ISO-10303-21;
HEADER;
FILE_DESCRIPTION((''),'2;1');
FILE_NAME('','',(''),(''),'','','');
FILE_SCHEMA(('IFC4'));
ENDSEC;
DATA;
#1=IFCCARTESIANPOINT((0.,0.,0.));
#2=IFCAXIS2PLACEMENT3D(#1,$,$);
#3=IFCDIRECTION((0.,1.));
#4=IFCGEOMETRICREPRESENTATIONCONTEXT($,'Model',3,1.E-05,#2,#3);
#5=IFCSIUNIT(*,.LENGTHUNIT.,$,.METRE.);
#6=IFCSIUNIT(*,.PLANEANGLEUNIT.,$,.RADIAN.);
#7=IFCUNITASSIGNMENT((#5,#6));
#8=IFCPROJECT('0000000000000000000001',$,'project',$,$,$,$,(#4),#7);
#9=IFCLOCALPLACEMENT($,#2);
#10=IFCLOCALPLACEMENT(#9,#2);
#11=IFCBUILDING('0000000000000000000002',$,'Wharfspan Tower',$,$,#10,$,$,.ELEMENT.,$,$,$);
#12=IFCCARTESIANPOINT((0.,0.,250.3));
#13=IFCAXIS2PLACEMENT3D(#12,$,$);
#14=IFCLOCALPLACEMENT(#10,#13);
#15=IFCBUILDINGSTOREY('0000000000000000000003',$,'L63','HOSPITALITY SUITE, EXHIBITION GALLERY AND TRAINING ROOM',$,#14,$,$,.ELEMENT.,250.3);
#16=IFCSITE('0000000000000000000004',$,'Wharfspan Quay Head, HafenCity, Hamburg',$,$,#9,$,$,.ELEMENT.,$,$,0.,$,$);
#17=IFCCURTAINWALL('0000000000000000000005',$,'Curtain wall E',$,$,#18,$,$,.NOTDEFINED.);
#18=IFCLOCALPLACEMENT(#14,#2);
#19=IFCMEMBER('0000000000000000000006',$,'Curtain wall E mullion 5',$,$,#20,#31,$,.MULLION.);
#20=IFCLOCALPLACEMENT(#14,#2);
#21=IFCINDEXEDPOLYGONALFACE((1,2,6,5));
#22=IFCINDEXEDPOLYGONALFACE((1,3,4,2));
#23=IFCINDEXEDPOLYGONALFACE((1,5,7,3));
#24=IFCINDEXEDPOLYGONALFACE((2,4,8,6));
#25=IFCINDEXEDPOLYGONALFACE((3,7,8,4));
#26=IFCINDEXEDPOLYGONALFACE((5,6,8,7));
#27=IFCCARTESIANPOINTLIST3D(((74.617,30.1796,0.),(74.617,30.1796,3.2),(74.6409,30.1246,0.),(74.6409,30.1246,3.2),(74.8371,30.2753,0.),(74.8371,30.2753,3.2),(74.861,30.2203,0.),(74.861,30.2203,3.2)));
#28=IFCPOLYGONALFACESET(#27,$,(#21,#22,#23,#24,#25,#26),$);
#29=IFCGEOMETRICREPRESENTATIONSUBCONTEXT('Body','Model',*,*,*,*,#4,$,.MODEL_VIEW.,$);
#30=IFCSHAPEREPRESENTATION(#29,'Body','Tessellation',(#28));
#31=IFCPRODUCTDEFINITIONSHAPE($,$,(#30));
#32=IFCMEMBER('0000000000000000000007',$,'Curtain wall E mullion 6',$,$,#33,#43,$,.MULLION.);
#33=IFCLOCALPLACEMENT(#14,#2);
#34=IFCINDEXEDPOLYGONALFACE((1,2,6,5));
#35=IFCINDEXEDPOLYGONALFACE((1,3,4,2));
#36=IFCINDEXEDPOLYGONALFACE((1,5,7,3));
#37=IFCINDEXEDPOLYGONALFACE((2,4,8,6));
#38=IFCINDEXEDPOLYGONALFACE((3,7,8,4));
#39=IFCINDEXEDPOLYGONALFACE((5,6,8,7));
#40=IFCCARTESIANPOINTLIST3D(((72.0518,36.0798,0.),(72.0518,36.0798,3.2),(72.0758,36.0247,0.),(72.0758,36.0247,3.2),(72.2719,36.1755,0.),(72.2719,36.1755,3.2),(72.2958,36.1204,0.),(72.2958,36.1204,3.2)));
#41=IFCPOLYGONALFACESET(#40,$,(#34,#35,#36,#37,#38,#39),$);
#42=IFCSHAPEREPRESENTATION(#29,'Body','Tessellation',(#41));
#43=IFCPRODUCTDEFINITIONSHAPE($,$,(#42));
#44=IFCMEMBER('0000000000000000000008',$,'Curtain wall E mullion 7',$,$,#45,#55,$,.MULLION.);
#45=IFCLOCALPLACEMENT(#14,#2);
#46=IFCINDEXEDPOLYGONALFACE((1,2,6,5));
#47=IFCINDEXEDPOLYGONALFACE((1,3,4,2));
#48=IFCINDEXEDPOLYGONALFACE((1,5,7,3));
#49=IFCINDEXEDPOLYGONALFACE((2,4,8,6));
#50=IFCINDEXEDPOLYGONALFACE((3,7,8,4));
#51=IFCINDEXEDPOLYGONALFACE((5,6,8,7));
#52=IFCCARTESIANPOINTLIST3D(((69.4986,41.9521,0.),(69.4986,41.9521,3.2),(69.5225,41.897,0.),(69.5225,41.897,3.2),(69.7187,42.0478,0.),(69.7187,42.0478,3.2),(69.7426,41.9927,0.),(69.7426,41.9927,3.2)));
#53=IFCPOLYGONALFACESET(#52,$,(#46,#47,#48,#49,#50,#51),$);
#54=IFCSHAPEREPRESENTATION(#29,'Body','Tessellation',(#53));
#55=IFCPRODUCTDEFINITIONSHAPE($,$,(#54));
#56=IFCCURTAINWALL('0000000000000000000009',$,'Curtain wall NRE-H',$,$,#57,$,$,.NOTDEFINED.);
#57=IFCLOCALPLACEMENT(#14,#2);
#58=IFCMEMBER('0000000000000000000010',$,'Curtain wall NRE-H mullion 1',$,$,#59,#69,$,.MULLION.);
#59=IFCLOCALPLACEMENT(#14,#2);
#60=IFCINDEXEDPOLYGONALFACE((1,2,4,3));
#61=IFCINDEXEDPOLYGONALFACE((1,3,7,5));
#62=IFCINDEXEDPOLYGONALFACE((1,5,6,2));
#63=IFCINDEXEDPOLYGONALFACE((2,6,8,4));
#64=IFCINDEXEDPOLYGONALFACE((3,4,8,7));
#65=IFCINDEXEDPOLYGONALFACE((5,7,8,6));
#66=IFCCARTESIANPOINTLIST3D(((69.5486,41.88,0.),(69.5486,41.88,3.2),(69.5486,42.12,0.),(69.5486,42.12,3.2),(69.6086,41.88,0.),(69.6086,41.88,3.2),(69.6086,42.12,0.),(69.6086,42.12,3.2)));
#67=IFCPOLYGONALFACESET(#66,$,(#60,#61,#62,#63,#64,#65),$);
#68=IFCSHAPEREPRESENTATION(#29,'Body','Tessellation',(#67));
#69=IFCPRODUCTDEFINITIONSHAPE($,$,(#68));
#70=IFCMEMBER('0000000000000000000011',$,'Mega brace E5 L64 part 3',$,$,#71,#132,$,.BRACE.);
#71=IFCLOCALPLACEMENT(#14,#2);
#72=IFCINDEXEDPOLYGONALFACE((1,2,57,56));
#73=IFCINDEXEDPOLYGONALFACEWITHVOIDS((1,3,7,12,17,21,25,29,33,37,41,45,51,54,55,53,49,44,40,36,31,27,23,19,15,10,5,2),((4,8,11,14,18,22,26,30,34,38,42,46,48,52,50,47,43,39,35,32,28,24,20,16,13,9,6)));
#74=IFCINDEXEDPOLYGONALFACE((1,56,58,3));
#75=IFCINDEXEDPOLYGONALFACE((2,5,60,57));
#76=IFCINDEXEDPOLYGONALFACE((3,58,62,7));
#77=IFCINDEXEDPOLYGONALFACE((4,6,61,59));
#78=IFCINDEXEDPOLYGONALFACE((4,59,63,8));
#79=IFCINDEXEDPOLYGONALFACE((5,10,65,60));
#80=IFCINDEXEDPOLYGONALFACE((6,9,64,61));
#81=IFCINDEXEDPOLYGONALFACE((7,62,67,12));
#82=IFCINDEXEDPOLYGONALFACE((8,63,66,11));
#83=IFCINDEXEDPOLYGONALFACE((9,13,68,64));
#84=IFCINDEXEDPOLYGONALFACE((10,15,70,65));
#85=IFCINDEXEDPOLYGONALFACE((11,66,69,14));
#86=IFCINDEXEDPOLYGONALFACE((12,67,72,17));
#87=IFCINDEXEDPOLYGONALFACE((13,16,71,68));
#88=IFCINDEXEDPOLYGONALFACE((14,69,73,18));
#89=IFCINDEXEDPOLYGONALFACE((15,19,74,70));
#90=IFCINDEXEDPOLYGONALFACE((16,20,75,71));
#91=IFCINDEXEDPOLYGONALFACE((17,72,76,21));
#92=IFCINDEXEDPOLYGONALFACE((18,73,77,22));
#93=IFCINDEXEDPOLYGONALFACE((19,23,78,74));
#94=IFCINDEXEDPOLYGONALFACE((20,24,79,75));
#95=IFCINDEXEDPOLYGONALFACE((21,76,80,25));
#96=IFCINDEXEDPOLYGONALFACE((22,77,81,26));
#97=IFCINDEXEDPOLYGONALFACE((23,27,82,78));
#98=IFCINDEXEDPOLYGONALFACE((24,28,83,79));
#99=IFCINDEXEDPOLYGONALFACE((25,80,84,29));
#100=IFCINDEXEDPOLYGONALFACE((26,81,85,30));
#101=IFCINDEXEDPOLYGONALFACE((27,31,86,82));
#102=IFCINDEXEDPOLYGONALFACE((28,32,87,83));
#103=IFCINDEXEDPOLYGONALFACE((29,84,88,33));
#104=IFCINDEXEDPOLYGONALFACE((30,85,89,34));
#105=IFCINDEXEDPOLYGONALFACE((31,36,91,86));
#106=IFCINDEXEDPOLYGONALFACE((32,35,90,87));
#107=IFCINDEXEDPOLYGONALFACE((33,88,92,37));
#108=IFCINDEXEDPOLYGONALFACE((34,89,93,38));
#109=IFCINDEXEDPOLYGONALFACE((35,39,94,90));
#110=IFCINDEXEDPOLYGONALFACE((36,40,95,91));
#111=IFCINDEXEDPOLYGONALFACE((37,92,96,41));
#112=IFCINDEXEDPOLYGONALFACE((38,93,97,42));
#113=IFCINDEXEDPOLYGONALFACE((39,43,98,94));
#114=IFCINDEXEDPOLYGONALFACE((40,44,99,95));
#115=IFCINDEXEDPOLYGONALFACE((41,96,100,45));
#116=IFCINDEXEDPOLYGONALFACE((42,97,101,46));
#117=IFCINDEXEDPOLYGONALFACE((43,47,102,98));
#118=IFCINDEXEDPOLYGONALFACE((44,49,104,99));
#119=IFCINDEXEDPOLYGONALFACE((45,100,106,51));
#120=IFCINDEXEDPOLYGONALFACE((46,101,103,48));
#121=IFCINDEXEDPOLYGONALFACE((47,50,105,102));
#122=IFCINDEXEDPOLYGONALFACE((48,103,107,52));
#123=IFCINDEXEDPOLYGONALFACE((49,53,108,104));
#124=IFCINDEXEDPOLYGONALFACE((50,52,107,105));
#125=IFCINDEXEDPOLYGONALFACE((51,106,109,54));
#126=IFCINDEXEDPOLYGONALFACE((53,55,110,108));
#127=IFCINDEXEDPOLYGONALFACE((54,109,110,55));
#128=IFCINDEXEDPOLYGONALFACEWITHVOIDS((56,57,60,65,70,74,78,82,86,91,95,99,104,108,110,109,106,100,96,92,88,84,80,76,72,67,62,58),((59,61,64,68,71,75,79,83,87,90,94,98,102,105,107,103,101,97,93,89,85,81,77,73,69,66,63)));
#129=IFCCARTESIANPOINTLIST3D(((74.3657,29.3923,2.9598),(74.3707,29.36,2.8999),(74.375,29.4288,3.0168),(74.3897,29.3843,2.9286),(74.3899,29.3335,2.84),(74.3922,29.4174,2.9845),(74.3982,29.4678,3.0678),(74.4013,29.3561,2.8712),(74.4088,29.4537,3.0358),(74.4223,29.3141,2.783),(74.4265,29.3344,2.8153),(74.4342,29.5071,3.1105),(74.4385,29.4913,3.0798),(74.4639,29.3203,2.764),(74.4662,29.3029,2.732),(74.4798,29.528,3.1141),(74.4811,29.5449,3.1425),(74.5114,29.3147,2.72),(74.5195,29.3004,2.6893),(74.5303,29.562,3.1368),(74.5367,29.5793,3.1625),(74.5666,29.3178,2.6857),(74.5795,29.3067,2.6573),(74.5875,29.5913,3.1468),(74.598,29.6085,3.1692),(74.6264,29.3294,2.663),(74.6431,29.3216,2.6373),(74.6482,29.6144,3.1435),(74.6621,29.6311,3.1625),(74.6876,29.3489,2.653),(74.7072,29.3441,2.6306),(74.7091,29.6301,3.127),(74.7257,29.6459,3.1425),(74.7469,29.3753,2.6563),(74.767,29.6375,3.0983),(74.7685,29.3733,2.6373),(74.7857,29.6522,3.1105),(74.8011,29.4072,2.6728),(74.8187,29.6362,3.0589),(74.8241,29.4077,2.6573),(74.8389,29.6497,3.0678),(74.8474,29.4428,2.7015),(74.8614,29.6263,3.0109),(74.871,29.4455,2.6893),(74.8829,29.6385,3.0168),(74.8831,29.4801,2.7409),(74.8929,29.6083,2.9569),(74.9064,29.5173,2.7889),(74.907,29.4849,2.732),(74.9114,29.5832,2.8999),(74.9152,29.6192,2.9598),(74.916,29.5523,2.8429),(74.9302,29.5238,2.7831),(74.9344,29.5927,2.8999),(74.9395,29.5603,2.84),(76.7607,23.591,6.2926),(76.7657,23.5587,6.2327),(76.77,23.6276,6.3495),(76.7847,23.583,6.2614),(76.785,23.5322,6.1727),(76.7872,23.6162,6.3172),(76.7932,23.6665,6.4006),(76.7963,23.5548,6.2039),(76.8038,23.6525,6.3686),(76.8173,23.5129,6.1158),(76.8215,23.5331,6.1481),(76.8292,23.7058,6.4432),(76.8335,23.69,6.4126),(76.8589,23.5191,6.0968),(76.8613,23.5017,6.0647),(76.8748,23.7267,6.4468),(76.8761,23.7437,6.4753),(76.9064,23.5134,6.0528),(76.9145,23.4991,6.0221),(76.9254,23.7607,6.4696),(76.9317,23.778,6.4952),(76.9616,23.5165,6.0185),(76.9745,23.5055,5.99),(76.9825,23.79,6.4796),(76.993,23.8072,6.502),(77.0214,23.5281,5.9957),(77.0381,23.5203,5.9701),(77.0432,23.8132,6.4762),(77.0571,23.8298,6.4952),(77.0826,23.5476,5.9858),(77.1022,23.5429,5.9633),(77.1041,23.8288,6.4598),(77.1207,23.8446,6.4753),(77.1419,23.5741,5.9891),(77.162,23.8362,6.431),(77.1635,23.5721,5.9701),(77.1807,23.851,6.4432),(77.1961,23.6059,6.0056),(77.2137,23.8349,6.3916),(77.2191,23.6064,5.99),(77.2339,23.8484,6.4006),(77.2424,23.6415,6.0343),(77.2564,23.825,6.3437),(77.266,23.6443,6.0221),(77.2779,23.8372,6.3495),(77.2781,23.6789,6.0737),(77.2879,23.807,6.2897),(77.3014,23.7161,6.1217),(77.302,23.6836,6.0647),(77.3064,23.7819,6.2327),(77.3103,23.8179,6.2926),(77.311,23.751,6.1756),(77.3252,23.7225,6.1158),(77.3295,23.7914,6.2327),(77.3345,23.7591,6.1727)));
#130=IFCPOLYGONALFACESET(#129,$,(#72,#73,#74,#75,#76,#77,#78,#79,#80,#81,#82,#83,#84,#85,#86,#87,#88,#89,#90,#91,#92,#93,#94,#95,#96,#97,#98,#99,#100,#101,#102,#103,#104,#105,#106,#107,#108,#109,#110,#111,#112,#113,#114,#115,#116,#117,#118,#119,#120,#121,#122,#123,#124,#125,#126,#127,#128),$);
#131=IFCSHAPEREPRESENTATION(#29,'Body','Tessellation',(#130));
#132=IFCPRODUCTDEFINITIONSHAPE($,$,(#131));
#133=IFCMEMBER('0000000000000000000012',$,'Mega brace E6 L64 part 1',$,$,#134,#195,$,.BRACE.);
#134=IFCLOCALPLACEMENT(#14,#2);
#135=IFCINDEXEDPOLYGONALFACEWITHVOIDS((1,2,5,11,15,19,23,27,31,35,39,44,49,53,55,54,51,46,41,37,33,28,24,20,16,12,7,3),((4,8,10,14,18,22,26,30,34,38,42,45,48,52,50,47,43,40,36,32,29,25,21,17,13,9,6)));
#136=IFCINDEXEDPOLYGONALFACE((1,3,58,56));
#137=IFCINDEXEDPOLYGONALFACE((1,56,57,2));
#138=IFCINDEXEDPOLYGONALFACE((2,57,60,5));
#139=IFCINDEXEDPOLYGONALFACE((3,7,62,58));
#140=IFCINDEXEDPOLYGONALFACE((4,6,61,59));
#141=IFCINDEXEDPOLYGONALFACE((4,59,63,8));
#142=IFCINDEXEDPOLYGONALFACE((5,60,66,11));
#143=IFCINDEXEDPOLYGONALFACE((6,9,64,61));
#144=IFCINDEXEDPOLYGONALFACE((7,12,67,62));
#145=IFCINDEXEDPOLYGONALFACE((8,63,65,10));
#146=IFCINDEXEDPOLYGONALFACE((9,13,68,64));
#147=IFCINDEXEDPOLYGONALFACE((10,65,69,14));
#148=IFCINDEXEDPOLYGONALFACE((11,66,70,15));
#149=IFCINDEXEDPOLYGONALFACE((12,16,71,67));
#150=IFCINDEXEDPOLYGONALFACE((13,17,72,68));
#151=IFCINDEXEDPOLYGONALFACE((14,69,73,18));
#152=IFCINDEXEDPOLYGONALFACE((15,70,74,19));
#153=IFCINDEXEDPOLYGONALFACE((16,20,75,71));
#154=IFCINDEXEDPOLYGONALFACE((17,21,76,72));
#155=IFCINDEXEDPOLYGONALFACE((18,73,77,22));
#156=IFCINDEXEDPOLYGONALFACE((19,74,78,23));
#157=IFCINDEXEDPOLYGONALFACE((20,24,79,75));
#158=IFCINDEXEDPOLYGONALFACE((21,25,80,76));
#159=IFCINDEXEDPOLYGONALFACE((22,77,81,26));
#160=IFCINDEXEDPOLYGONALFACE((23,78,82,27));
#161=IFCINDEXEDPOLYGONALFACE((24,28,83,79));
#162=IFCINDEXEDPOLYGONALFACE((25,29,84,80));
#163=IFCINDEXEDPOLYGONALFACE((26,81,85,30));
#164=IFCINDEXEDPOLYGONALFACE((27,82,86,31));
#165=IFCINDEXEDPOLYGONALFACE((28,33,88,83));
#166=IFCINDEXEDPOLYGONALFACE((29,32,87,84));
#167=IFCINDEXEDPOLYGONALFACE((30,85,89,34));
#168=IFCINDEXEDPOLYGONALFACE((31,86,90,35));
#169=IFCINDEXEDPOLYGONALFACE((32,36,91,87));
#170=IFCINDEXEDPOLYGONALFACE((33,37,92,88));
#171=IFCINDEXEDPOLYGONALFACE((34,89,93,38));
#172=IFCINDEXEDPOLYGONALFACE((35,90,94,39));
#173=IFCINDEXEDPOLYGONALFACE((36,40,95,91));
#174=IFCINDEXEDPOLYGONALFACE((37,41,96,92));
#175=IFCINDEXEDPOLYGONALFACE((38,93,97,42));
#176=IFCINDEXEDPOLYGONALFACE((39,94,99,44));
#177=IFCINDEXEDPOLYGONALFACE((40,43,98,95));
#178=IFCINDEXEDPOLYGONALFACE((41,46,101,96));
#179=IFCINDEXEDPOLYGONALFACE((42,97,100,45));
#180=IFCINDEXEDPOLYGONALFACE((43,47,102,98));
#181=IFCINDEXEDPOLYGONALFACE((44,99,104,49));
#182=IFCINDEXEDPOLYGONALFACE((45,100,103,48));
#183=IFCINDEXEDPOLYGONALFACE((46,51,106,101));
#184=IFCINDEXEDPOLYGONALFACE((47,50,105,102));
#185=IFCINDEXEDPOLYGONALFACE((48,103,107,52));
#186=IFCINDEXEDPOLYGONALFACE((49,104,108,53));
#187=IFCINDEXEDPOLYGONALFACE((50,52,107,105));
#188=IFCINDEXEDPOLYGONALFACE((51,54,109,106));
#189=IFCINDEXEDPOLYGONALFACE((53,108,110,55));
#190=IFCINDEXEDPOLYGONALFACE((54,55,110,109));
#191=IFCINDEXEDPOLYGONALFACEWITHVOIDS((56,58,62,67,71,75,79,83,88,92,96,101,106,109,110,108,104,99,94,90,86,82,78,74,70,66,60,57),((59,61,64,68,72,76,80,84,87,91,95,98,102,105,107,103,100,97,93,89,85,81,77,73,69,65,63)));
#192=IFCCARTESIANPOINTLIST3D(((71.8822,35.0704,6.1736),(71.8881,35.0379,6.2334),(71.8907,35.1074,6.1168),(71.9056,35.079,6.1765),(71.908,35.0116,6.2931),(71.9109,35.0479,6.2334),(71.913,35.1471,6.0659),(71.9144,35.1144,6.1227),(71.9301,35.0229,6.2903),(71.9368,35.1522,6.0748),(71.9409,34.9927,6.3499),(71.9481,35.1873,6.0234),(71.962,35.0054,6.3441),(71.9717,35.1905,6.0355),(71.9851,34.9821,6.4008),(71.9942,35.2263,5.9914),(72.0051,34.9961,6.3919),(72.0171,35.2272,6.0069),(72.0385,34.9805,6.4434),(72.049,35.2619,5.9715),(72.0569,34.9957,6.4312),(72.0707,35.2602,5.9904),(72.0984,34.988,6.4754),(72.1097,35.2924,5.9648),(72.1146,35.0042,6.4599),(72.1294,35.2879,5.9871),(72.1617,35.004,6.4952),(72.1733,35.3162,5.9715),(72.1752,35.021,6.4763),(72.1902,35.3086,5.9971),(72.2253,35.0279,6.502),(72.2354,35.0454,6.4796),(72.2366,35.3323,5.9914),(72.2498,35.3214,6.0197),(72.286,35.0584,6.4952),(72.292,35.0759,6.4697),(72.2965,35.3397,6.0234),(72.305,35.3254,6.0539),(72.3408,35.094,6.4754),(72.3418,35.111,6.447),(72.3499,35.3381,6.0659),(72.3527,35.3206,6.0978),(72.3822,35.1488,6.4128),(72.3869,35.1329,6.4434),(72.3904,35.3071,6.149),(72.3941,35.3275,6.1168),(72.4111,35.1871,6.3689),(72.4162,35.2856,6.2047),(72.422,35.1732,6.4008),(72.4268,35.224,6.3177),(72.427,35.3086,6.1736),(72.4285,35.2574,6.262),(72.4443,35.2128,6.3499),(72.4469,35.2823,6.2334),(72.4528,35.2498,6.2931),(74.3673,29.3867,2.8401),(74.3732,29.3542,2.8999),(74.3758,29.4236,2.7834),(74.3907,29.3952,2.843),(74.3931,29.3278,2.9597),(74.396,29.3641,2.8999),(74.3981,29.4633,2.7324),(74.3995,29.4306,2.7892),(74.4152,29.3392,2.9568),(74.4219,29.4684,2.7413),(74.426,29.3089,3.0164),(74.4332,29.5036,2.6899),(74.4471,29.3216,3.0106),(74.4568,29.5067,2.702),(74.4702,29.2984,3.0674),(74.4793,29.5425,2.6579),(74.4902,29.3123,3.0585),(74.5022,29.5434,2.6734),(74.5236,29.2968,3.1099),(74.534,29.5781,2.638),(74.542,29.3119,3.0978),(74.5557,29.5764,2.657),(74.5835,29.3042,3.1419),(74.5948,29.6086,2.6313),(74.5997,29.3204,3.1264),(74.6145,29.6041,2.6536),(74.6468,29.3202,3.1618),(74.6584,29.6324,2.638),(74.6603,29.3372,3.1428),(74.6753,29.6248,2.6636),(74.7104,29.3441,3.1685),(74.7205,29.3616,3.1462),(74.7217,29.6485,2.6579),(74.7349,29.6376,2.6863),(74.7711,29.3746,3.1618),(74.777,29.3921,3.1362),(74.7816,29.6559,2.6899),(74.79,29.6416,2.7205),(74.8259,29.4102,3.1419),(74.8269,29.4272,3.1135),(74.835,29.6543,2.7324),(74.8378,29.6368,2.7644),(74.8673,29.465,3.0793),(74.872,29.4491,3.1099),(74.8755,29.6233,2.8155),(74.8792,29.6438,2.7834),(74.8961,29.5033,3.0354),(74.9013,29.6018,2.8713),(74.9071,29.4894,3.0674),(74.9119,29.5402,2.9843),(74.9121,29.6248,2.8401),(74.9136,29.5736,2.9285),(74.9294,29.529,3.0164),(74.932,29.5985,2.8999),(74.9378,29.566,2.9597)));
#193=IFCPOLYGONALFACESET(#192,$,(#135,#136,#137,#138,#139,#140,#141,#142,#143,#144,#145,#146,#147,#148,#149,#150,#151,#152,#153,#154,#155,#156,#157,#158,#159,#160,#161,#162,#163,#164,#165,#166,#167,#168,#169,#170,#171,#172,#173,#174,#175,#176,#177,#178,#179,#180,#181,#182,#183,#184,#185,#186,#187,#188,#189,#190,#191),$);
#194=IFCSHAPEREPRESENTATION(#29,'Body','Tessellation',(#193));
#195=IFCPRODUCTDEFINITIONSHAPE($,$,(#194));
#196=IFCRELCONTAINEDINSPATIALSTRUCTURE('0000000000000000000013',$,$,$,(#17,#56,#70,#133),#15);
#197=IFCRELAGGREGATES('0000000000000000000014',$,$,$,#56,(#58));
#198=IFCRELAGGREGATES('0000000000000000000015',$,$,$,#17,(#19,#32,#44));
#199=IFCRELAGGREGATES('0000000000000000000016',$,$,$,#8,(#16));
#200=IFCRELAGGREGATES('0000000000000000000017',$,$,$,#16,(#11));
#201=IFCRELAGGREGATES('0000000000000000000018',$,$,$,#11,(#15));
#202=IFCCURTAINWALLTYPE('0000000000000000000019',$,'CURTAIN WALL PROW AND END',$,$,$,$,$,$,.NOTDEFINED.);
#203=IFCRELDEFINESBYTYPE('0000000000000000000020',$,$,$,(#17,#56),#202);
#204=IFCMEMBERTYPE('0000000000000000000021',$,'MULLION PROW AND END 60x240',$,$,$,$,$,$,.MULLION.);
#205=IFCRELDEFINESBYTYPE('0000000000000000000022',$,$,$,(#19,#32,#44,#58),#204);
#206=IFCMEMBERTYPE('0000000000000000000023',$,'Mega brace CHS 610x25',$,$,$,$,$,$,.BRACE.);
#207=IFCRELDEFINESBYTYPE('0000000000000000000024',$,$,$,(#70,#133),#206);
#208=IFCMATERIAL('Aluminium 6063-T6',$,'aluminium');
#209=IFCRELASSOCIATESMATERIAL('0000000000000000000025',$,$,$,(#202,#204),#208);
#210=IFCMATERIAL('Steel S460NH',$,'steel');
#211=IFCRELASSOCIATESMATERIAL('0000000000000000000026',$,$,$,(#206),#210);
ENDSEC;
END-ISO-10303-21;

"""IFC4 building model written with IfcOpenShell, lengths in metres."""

from ifc_helpers import new_model, si_unit, direction, frame, origin, origin_2d, place, context, subcontext, project, spatial, rectangle, hollow_circle, extrude, material, material_profile, profile_set, type_object, element, aggregate, save


model = new_model("IFC4")

# Units and contexts
model_context = context("Model", 3, precision=1e-05, world=origin(), true_north=direction((0.0, 1.0)))
body_context = subcontext(model_context, "Body", "Model", "MODEL_VIEW")
ifc_project = project(units=[si_unit("LENGTHUNIT", "METRE"), si_unit("PLANEANGLEUNIT", "RADIAN")], contexts=[model_context])

# Site, building, storey
site_placement = place(None, origin())
site = spatial("IfcSite", under=ifc_project, at=site_placement, Name="Wharfspan Quay Head, HafenCity, Hamburg", CompositionType="ELEMENT", RefElevation=0.0)
building_placement = place(site_placement, origin())
building = spatial("IfcBuilding", under=site, at=building_placement, Name="Wharfspan Tower", CompositionType="ELEMENT")
storey_placement = place(building_placement, frame((0.0, 0.0, 250.3)))
storey = spatial("IfcBuildingStorey", under=building, at=storey_placement, Name="L63", Description="HOSPITALITY SUITE, EXHIBITION GALLERY AND TRAINING ROOM", CompositionType="ELEMENT", Elevation=250.3)

# Curtain wall, members
ifc_material_1 = material(Name="Aluminium 6063-T6", Category="aluminium")
curtain_wall_type = type_object("IfcCurtainWallType", Name="CURTAIN WALL PROW AND END", PredefinedType="NOTDEFINED", material=ifc_material_1)
curtain_wall_1_placement = place(storey_placement, origin())
curtain_wall_1 = element("IfcCurtainWall", 1, at=curtain_wall_1_placement, inside=storey, type_object=curtain_wall_type, Name="Curtain wall E", PredefinedType="NOTDEFINED")
ifc_material_profile_1 = material_profile(ifc_material_1, rectangle(XDim=0.24, YDim=0.0601, at=origin_2d()))
ifc_profile_set_1 = profile_set([ifc_material_profile_1], Name="Aluminium 6063-T6")
member_type_1 = type_object("IfcMemberType", Name="MULLION PROW AND END 60x240", PredefinedType="MULLION", material=ifc_profile_set_1)
member_1_placement = place(storey_placement, frame((74.739, 30.2, 0.0), z_axis=(0.0, 0.0, 1.0), x_axis=(-0.917072, -0.398727, 0.0)))
member_1 = element("IfcMember", 2, at=member_1_placement, type_object=member_type_1, Name="Curtain wall E mullion 5", PredefinedType="MULLION", context=body_context, shape_type="SweptSolid", body=[
    extrude(rectangle(XDim=0.24, YDim=0.0601, at=origin_2d()), origin(), (0.0, 0.0, 1.0), 3.2),
])
member_2_placement = place(storey_placement, frame((72.1738, 36.1001, 0.0), z_axis=(0.0, 0.0, 1.0), x_axis=(-0.917072, -0.398727, 0.0)))
member_2 = element("IfcMember", 3, at=member_2_placement, type_object=member_type_1, Name="Curtain wall E mullion 6", PredefinedType="MULLION", context=body_context, shape_type="SweptSolid", body=[
    extrude(rectangle(XDim=0.24, YDim=0.0601, at=origin_2d()), origin(), (0.0, 0.0, 1.0), 3.2),
])
member_3_placement = place(storey_placement, frame((69.6206, 41.9724, 0.0), z_axis=(0.0, 0.0, 1.0), x_axis=(-0.917072, -0.398727, 0.0)))
member_3 = element("IfcMember", 4, at=member_3_placement, type_object=member_type_1, Name="Curtain wall E mullion 7", PredefinedType="MULLION", context=body_context, shape_type="SweptSolid", body=[
    extrude(rectangle(XDim=0.24, YDim=0.0601, at=origin_2d()), origin(), (0.0, 0.0, 1.0), 3.2),
])

# Curtain wall, member
curtain_wall_2_placement = place(storey_placement, origin())
curtain_wall_2 = element("IfcCurtainWall", 5, at=curtain_wall_2_placement, inside=storey, type_object=curtain_wall_type, Name="Curtain wall NRE-H", PredefinedType="NOTDEFINED")
member_4_placement = place(storey_placement, frame((69.5786, 42.0, 0.0), z_axis=(0.0, 0.0, 1.0), x_axis=(0.0, -1.0, 0.0)))
member_4 = element("IfcMember", 6, at=member_4_placement, type_object=member_type_1, Name="Curtain wall NRE-H mullion 1", PredefinedType="MULLION", context=body_context, shape_type="SweptSolid", body=[
    extrude(rectangle(XDim=0.24, YDim=0.0601, at=origin_2d()), origin(), (0.0, 0.0, 1.0), 3.2),
])

# Members
ifc_material_2 = material(Name="Steel S460NH", Category="steel")
ifc_material_profile_2 = material_profile(ifc_material_2, hollow_circle(Radius=0.3049, WallThickness=0.0249, at=origin_2d()))
ifc_profile_set_2 = profile_set([ifc_material_profile_2], Name="Steel S460NH")
member_type_2 = type_object("IfcMemberType", Name="Mega brace CHS 610x25", PredefinedType="BRACE", material=ifc_profile_set_2)
member_5_placement = place(storey_placement, frame((74.6526, 29.4763, 2.8999), z_axis=(0.337032, -0.816367, 0.468993), x_axis=(0.92433, 0.381605, 0.000002)))
element("IfcMember", 7, at=member_5_placement, inside=storey, type_object=member_type_2, Name="Mega brace E5 L64 part 3", PredefinedType="BRACE", context=body_context, shape_type="SweptSolid", body=[
    extrude(hollow_circle(Radius=0.3049, WallThickness=0.0249, at=origin_2d()), origin(), (0.0, 0.0, 1.0), 7.1062),
])
member_6_placement = place(storey_placement, frame((74.6526, 29.4763, 2.8999), z_axis=(-0.352883, 0.8071, 0.473353), x_axis=(-0.916253, -0.400609, 0.000003)))
element("IfcMember", 8, at=member_6_placement, inside=storey, type_object=member_type_2, Name="Mega brace E6 L64 part 1", PredefinedType="BRACE", context=body_context, shape_type="SweptSolid", body=[
    extrude(hollow_circle(Radius=0.3049, WallThickness=0.0249, at=origin_2d()), origin(), (0.0, 0.0, 1.0), 7.0422),
])

aggregate(curtain_wall_2, [member_4])

aggregate(curtain_wall_1, [member_1, member_2, member_3])

save(model, "model.ifc")
